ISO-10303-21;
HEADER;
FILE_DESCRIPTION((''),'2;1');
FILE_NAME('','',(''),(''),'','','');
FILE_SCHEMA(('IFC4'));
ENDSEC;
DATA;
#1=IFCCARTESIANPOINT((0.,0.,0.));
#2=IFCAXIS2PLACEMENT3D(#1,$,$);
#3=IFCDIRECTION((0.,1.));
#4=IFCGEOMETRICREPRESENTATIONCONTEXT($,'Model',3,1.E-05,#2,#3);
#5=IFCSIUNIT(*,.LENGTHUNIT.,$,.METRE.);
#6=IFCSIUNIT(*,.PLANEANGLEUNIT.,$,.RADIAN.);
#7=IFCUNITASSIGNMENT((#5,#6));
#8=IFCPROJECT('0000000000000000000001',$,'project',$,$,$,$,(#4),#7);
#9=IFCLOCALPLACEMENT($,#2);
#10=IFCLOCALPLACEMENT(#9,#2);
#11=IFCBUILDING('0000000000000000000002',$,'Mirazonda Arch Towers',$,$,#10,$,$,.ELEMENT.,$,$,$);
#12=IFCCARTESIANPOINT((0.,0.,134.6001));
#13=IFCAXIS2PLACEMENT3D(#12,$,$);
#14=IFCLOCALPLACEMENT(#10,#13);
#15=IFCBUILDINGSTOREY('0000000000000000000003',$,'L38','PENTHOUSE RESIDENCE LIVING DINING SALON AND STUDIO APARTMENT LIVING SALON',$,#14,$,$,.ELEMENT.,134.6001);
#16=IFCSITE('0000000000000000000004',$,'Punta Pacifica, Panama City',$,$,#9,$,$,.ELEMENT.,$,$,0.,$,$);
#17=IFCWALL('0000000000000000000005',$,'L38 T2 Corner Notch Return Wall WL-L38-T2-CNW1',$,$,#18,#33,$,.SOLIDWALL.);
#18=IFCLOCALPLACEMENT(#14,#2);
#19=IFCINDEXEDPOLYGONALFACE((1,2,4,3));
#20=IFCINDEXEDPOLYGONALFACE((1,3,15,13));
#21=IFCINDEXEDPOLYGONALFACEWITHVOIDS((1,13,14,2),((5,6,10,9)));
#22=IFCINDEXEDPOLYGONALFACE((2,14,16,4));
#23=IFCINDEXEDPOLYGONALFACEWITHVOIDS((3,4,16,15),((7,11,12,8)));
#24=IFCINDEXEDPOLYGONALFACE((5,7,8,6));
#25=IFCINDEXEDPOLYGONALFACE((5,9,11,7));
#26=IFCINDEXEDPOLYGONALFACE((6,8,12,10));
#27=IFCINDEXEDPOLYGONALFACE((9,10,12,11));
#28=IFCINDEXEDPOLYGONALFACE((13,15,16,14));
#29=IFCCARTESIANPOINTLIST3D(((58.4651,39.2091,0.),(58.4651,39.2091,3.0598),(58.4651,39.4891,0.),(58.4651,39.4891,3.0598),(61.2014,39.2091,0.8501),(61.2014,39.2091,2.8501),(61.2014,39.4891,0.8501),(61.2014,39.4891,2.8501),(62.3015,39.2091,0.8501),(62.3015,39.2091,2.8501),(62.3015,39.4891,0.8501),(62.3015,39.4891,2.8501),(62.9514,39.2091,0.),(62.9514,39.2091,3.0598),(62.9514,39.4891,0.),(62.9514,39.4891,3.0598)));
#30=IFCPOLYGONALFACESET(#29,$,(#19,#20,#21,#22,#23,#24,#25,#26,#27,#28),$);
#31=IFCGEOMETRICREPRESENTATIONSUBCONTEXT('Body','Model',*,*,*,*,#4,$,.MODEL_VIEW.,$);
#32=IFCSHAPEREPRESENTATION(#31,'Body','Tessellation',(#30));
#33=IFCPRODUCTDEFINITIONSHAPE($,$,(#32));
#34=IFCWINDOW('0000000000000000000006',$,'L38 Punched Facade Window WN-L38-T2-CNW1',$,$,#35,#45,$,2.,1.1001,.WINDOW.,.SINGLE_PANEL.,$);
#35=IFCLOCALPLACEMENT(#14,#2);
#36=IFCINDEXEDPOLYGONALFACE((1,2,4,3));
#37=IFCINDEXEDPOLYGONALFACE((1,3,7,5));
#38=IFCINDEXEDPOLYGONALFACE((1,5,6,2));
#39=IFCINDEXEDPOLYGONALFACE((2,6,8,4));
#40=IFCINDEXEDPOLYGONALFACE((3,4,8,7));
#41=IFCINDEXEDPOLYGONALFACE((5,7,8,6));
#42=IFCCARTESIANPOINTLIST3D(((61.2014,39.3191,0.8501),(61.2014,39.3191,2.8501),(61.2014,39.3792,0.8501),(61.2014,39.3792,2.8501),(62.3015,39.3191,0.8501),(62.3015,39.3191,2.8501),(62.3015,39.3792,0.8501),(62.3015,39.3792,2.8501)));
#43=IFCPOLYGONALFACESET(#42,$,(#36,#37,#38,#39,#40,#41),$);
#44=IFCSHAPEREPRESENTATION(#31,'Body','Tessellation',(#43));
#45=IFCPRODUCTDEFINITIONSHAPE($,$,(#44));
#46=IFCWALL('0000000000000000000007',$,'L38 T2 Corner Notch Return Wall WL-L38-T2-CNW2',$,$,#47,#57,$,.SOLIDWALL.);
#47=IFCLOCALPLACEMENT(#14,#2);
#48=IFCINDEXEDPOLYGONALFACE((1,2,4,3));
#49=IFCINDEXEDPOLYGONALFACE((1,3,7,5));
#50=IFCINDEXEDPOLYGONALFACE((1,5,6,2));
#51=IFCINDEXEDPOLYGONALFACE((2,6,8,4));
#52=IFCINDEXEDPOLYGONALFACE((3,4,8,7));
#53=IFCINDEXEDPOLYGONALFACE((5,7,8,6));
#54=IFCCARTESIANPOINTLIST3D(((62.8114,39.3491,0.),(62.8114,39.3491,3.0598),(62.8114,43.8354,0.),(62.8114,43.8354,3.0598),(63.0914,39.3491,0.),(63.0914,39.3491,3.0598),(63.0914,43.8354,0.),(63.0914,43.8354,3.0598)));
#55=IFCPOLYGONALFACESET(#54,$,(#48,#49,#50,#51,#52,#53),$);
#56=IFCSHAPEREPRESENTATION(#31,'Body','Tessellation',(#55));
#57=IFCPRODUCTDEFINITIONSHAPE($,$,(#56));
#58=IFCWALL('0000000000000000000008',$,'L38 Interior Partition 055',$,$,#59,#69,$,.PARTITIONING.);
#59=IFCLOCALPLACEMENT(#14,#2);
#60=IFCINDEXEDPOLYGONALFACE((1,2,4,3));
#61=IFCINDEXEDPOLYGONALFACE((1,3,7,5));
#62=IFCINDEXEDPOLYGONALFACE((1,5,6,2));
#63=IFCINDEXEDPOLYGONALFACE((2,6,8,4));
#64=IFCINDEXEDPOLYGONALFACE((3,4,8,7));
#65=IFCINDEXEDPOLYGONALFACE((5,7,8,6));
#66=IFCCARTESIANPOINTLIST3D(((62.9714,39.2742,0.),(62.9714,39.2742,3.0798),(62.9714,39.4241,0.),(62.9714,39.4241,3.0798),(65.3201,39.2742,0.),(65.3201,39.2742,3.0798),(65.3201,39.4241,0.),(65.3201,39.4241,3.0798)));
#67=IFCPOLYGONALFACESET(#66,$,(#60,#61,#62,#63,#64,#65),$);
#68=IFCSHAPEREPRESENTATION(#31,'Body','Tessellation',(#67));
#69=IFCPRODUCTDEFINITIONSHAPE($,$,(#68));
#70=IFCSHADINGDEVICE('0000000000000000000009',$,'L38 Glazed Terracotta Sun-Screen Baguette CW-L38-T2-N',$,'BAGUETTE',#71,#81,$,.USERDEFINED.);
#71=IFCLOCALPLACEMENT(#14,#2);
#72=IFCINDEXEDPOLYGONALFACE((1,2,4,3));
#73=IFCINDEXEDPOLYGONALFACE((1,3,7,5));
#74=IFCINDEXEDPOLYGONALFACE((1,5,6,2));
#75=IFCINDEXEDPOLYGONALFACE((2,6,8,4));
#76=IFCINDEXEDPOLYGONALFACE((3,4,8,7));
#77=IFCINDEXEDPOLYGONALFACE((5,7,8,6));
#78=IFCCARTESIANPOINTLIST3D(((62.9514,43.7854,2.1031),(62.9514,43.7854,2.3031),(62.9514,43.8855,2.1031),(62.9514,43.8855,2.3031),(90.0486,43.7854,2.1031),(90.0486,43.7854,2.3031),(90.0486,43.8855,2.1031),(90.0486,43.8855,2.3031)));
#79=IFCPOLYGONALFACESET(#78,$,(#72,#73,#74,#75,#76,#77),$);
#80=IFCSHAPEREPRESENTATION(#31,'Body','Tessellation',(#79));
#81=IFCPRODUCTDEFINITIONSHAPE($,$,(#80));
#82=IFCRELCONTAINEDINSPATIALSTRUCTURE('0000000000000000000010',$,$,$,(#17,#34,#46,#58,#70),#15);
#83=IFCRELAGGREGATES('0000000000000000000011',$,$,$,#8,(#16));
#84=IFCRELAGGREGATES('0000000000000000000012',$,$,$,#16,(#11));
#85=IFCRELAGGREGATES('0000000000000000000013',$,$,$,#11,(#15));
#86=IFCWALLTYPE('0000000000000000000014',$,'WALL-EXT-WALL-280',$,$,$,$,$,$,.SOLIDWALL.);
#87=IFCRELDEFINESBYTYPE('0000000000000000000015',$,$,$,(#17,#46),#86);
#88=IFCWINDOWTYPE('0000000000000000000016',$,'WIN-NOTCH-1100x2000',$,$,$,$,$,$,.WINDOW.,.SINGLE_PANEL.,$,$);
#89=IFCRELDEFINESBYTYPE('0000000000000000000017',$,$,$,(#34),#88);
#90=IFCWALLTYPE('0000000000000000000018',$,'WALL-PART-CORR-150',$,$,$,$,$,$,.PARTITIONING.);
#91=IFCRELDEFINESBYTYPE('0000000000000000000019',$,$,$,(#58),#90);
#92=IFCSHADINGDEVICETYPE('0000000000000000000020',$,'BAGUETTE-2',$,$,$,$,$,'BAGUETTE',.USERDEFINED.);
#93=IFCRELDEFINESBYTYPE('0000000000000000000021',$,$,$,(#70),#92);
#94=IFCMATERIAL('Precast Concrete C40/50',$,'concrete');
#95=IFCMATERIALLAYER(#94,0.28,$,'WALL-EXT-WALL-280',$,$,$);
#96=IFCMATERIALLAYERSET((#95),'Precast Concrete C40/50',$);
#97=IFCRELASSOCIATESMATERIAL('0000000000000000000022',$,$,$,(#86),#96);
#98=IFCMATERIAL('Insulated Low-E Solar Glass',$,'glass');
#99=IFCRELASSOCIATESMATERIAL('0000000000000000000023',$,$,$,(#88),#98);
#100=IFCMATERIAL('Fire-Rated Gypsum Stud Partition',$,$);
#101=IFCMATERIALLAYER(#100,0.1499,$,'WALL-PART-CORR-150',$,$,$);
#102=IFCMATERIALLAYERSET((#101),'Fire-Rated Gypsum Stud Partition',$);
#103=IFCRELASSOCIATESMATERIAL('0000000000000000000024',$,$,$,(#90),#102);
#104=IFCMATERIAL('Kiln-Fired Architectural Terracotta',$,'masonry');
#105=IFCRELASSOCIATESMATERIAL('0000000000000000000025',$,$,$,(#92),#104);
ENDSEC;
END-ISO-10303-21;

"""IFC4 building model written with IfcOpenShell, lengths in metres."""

from ifc_helpers import new_model, si_unit, direction, frame, frame_2d, origin, origin_2d, place, context, subcontext, project, spatial, rectangle, extrude, material, layer, layer_set, material_profile, profile_set, type_object, element, fill, save


model = new_model("IFC4")

# Units and contexts
model_context = context("Model", 3, precision=1e-05, world=origin(), true_north=direction((0.0, 1.0)))
body_context = subcontext(model_context, "Body", "Model", "MODEL_VIEW")
ifc_project = project(units=[si_unit("LENGTHUNIT", "METRE"), si_unit("PLANEANGLEUNIT", "RADIAN")], contexts=[model_context])

# Site, building, storey
site_placement = place(None, origin())
site = spatial("IfcSite", under=ifc_project, at=site_placement, Name="Punta Pacifica, Panama City", CompositionType="ELEMENT", RefElevation=0.0)
building_placement = place(site_placement, origin())
building = spatial("IfcBuilding", under=site, at=building_placement, Name="Mirazonda Arch Towers", CompositionType="ELEMENT")
storey_placement = place(building_placement, frame((0.0, 0.0, 134.6001)))
storey = spatial("IfcBuildingStorey", under=building, at=storey_placement, Name="L38", Description="PENTHOUSE RESIDENCE LIVING DINING SALON AND STUDIO APARTMENT LIVING SALON", CompositionType="ELEMENT", Elevation=134.6001)

# Shared definitions
ifc_material_1 = material(Name="Insulated Low-E Solar Glass", Category="glass")

# Wall, opening, window
ifc_material_2 = material(Name="Precast Concrete C40/50", Category="concrete")
ifc_layer_1 = layer(ifc_material_2, 0.28, Name="WALL-EXT-WALL-280")
ifc_layer_set_1 = layer_set([ifc_layer_1], Name="Precast Concrete C40/50")
wall_type_1 = type_object("IfcWallType", Name="WALL-EXT-WALL-280", PredefinedType="SOLIDWALL", material=ifc_layer_set_1)
wall_1_placement = place(storey_placement, frame((62.9514, 39.3491, 0.0), z_axis=(0.0, 0.0, 1.0), x_axis=(-1.0, 0.0, 0.0)))
wall_1 = element("IfcWall", 1, at=wall_1_placement, inside=storey, type_object=wall_type_1, Name="L38 T2 Corner Notch Return Wall WL-L38-T2-CNW1", PredefinedType="SOLIDWALL", context=body_context, shape_type="SweptSolid", body=[
    extrude(rectangle(XDim=4.4863, YDim=0.28, at=frame_2d((2.2432, 0.0))), origin(), (0.0, 0.0, 1.0), 3.0598),
])
opening_placement = place(wall_1_placement, frame((0.6499, 0.0, 0.8501)))
opening = element("IfcOpeningElement", 2, at=opening_placement, cuts=wall_1, PredefinedType="OPENING", context=body_context, shape_type="SweptSolid", body=[
    extrude(rectangle(XDim=1.1001, YDim=2.0, at=frame_2d((0.55, 1.0))), frame((0.0, 0.1499, 0.0), z_axis=(0.0, -1.0, 0.0), x_axis=(1.0, 0.0, 0.0)), (0.0, 0.0, 1.0), 0.3),
])
window_type = type_object("IfcWindowType", Name="WIN-NOTCH-1100x2000", PartitioningType="SINGLE_PANEL", PredefinedType="WINDOW", material=ifc_material_1)
window_placement = place(opening_placement, origin())
window = element("IfcWindow", 3, at=window_placement, inside=storey, type_object=window_type, Name="L38 Punched Facade Window WN-L38-T2-CNW1", OverallHeight=2.0, OverallWidth=1.1001, PartitioningType="SINGLE_PANEL", PredefinedType="WINDOW", context=body_context, shape_type="SweptSolid", body=[
    extrude(rectangle(XDim=1.1001, YDim=2.0, at=frame_2d((0.55, 1.0))), frame((0.0, 0.03, 0.0), z_axis=(0.0, -1.0, 0.0), x_axis=(1.0, 0.0, 0.0)), (0.0, 0.0, 1.0), 0.0601),
])
fill(opening, window)

# Walls
wall_2_placement = place(storey_placement, frame((62.9514, 43.8354, 0.0), z_axis=(0.0, 0.0, 1.0), x_axis=(0.0, -1.0, 0.0)))
element("IfcWall", 4, at=wall_2_placement, inside=storey, type_object=wall_type_1, Name="L38 T2 Corner Notch Return Wall WL-L38-T2-CNW2", PredefinedType="SOLIDWALL", context=body_context, shape_type="SweptSolid", body=[
    extrude(rectangle(XDim=4.4863, YDim=0.28, at=frame_2d((2.2432, 0.0))), origin(), (0.0, 0.0, 1.0), 3.0598),
])
ifc_material_3 = material(Name="Fire-Rated Gypsum Stud Partition")
ifc_layer_2 = layer(ifc_material_3, 0.1499, Name="WALL-PART-CORR-150")
ifc_layer_set_2 = layer_set([ifc_layer_2], Name="Fire-Rated Gypsum Stud Partition")
wall_type_2 = type_object("IfcWallType", Name="WALL-PART-CORR-150", PredefinedType="PARTITIONING", material=ifc_layer_set_2)
wall_3_placement = place(storey_placement, frame((62.9714, 39.3491, 0.0), z_axis=(0.0, 0.0, 1.0), x_axis=(1.0, 0.0, 0.0)))
element("IfcWall", 5, at=wall_3_placement, inside=storey, type_object=wall_type_2, Name="L38 Interior Partition 055", PredefinedType="PARTITIONING", context=body_context, shape_type="SweptSolid", body=[
    extrude(rectangle(XDim=2.3486, YDim=0.1499, at=frame_2d((1.1743, 0.0))), origin(), (0.0, 0.0, 1.0), 3.0798),
])

# Shading device
ifc_material_4 = material(Name="Kiln-Fired Architectural Terracotta", Category="masonry")
ifc_material_profile_1 = material_profile(ifc_material_4, rectangle(XDim=0.1001, YDim=0.2, at=origin_2d()), Name="TERRA-BAG-100x200")
ifc_profile_set_1 = profile_set([ifc_material_profile_1], Name="Kiln-Fired Architectural Terracotta")
shading_device_type = type_object("IfcShadingDeviceType", Name="BAGUETTE-2", ElementType="BAGUETTE", PredefinedType="USERDEFINED", material=ifc_profile_set_1)
shading_device_placement = place(storey_placement, frame((62.9514, 43.8354, 2.2031), z_axis=(1.0, 0.0, 0.0), x_axis=(0.0, 1.0, 0.0)))
element("IfcShadingDevice", 6, at=shading_device_placement, inside=storey, type_object=shading_device_type, Name="L38 Glazed Terracotta Sun-Screen Baguette CW-L38-T2-N", ObjectType="BAGUETTE", PredefinedType="USERDEFINED", context=body_context, shape_type="SweptSolid", body=[
    extrude(rectangle(XDim=0.1001, YDim=0.2, at=origin_2d()), origin(), (0.0, 0.0, 1.0), 27.0972),
])

save(model, "model.ifc")
